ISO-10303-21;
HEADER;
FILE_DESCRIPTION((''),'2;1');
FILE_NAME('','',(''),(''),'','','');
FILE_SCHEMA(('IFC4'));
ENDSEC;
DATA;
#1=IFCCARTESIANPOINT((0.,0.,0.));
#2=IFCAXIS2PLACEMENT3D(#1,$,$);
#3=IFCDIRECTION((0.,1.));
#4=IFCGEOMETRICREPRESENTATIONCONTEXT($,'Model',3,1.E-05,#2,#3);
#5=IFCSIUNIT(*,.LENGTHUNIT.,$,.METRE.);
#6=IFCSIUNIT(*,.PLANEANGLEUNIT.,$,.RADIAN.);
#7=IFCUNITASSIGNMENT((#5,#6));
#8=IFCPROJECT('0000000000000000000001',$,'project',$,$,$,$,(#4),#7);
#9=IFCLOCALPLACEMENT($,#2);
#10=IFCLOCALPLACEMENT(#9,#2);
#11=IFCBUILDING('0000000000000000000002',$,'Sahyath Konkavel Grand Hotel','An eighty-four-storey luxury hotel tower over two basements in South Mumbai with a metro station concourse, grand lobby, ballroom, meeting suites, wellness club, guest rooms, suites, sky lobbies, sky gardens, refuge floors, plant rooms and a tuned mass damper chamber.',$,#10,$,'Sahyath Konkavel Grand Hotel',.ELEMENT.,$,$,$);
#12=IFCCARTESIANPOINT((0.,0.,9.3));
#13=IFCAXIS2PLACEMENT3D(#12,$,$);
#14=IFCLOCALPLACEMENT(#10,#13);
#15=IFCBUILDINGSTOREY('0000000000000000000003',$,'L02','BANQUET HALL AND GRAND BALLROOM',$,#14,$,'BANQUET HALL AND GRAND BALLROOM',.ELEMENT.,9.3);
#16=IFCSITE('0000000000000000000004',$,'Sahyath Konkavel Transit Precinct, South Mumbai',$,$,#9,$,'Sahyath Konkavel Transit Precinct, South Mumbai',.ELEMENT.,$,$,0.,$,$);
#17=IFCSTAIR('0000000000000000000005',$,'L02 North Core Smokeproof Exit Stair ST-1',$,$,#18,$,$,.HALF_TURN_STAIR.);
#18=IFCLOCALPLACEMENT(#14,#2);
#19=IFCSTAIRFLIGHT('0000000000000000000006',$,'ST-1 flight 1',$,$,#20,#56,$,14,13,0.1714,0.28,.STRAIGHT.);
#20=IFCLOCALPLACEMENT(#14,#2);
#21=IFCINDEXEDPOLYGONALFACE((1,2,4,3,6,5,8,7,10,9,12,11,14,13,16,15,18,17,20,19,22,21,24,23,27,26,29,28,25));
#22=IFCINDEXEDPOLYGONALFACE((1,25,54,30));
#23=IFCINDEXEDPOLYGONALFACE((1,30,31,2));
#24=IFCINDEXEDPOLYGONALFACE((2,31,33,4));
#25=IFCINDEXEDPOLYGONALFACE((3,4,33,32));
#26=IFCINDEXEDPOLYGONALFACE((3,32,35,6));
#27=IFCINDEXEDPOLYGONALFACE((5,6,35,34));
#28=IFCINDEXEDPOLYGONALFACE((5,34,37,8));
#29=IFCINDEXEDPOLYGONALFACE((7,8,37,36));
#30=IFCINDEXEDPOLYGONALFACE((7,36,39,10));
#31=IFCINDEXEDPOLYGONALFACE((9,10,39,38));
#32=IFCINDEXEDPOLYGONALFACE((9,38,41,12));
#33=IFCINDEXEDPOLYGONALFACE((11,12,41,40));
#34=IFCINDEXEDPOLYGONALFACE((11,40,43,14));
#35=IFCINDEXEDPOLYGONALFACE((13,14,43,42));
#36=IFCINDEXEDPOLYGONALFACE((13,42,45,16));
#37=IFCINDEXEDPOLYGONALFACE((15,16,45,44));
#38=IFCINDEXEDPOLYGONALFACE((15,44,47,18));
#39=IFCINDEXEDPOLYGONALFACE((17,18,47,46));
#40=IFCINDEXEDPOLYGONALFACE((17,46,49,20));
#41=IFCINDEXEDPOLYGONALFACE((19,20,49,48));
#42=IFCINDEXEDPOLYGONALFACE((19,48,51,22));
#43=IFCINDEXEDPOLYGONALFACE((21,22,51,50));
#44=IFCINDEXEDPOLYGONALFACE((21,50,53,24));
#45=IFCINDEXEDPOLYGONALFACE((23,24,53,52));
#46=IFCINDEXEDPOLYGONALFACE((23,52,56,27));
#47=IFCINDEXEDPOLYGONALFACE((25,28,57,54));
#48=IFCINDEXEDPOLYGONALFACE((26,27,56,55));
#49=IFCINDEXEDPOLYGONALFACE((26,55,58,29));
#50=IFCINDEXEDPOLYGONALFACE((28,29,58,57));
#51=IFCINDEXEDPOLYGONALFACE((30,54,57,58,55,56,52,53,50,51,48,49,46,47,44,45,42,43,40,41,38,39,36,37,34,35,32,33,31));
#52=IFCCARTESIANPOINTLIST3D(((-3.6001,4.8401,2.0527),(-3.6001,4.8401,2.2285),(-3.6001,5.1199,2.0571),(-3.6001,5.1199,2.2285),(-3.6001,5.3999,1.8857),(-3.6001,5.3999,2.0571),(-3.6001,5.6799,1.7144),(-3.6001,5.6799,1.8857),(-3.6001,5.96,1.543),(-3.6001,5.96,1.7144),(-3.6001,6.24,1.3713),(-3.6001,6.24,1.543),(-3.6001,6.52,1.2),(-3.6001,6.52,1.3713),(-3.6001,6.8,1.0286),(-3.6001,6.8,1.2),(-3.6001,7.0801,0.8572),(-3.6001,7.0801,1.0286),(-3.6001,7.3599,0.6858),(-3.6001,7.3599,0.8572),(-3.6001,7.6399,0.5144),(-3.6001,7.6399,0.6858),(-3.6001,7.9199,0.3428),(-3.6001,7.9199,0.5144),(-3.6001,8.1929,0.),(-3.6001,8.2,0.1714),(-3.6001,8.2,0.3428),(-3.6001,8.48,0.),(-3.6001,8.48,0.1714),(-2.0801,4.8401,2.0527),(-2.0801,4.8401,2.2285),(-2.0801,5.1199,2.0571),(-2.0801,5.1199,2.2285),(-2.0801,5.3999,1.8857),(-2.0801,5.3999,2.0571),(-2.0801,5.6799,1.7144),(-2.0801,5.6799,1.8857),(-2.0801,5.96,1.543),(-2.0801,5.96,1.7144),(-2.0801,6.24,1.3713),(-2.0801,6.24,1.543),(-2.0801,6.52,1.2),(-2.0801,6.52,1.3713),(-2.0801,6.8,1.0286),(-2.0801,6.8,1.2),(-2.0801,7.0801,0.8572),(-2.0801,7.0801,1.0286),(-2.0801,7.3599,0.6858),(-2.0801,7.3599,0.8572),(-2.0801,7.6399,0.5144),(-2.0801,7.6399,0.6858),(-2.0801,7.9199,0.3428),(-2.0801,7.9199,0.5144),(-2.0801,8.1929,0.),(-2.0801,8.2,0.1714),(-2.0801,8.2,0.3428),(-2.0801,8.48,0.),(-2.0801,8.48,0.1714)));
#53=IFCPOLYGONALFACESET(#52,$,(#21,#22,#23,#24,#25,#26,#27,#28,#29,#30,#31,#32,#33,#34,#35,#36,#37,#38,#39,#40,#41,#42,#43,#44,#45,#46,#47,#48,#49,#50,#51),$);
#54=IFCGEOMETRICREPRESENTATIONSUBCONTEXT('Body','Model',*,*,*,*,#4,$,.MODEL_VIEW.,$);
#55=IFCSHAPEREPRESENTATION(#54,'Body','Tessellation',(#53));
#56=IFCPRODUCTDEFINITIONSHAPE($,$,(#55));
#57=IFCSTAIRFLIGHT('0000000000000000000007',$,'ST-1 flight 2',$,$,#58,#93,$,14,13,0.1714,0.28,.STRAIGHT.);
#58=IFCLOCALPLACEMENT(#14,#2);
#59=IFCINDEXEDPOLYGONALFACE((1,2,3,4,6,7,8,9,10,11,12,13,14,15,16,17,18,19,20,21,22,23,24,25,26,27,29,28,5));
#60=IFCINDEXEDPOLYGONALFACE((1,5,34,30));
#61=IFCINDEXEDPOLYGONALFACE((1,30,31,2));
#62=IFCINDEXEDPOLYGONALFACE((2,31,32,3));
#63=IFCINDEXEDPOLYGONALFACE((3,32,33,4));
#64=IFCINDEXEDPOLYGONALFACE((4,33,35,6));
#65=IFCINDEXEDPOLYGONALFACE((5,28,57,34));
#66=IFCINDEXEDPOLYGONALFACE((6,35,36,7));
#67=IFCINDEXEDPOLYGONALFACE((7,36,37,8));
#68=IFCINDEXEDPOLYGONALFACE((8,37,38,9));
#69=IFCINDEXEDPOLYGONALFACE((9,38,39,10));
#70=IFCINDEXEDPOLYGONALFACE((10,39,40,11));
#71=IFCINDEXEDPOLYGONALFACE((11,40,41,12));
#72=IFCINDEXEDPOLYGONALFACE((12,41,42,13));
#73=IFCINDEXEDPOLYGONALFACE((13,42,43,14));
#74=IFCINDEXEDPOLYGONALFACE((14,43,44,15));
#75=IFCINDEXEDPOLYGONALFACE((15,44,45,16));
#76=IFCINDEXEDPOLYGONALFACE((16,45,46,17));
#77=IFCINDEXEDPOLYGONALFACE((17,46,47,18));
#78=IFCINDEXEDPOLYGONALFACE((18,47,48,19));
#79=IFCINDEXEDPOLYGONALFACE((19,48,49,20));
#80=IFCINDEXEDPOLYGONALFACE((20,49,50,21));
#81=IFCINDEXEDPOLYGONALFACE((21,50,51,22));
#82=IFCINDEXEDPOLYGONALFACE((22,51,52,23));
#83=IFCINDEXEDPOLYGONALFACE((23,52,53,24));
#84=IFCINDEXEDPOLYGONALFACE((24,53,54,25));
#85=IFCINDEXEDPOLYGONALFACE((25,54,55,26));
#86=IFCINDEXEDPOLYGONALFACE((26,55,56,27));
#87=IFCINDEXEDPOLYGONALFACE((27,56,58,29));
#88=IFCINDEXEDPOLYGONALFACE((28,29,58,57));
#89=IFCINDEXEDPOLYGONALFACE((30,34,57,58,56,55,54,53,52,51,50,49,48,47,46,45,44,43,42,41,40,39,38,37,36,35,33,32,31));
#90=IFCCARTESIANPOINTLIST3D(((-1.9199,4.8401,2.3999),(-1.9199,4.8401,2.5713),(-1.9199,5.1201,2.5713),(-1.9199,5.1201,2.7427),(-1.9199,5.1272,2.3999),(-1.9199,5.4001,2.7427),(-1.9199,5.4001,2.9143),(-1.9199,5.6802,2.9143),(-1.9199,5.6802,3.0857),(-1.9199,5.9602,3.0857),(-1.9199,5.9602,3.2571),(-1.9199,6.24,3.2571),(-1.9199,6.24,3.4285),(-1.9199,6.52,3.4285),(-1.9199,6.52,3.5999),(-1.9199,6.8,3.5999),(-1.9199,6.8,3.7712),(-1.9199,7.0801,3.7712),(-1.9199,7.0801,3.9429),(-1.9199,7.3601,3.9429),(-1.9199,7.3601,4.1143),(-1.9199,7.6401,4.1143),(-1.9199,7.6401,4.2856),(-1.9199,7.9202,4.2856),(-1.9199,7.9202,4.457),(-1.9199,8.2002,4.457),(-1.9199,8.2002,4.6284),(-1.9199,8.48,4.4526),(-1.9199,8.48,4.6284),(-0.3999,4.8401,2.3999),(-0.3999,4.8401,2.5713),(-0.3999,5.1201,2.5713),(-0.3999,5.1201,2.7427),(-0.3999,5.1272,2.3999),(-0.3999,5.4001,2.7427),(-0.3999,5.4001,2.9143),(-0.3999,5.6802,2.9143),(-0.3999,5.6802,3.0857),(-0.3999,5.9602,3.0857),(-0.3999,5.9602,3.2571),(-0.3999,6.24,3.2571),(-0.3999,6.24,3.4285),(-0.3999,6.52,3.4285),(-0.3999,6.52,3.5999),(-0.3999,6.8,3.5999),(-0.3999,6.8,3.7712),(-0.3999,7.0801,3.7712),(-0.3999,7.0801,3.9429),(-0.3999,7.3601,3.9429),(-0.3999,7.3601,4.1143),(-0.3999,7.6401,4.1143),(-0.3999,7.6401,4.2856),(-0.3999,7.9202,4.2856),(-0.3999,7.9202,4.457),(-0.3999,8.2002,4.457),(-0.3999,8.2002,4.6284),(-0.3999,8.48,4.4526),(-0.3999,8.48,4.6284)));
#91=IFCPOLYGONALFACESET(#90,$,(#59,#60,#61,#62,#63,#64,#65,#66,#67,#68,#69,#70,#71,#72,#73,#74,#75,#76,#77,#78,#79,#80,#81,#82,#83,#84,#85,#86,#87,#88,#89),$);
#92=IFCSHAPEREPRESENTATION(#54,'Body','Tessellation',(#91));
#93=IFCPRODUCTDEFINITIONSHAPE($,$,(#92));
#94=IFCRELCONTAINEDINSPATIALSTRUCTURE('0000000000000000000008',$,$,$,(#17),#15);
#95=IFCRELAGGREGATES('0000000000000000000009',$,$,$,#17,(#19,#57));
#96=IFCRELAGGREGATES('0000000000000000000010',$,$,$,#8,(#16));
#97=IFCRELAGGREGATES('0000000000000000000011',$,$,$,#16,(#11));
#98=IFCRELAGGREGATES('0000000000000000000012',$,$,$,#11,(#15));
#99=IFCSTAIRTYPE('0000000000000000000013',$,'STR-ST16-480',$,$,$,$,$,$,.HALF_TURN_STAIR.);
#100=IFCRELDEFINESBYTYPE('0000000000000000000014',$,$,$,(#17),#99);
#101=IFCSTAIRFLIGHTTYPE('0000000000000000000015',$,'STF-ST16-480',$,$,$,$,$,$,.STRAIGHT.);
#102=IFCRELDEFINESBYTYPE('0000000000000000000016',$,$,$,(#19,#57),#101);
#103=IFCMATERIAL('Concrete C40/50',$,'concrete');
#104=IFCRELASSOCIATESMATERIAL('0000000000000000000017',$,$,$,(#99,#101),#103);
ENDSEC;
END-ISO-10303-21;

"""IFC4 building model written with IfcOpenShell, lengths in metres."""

from ifc_helpers import new_model, si_unit, direction, frame, origin, place, context, subcontext, project, spatial, polyline, outline, extrude, material, type_object, element, aggregate, save


model = new_model("IFC4")

# Units and contexts
model_context = context("Model", 3, precision=1e-05, world=origin(), true_north=direction((0.0, 1.0)))
body_context = subcontext(model_context, "Body", "Model", "MODEL_VIEW")
ifc_project = project(units=[si_unit("LENGTHUNIT", "METRE"), si_unit("PLANEANGLEUNIT", "RADIAN")], contexts=[model_context])

# Site, building, storey
site_placement = place(None, origin())
site = spatial("IfcSite", under=ifc_project, at=site_placement, Name="Sahyath Konkavel Transit Precinct, South Mumbai", LongName="Sahyath Konkavel Transit Precinct, South Mumbai", CompositionType="ELEMENT", RefElevation=0.0)
building_placement = place(site_placement, origin())
building = spatial("IfcBuilding", under=site, at=building_placement, Name="Sahyath Konkavel Grand Hotel", Description="An eighty-four-storey luxury hotel tower over two basements in South Mumbai with a metro station concourse, grand lobby, ballroom, meeting suites, wellness club, guest rooms, suites, sky lobbies, sky gardens, refuge floors, plant rooms and a tuned mass damper chamber.", LongName="Sahyath Konkavel Grand Hotel", CompositionType="ELEMENT")
storey_placement = place(building_placement, frame((0.0, 0.0, 9.3)))
storey = spatial("IfcBuildingStorey", under=building, at=storey_placement, Name="L02", Description="BANQUET HALL AND GRAND BALLROOM", LongName="BANQUET HALL AND GRAND BALLROOM", CompositionType="ELEMENT", Elevation=9.3)

# Stair, stair flights
ifc_material_1 = material(Name="Concrete C40/50", Category="concrete")
stair_type = type_object("IfcStairType", Name="STR-ST16-480", PredefinedType="HALF_TURN_STAIR", material=ifc_material_1)
stair_placement = place(storey_placement, origin())
stair = element("IfcStair", 1, at=stair_placement, inside=storey, type_object=stair_type, Name="L02 North Core Smokeproof Exit Stair ST-1", PredefinedType="HALF_TURN_STAIR")
stair_flight_type = type_object("IfcStairFlightType", Name="STF-ST16-480", PredefinedType="STRAIGHT", material=ifc_material_1)
stair_flight_1_placement = place(storey_placement, frame((-2.8401, 8.48, 0.0), z_axis=(0.0, 0.0, 1.0), x_axis=(0.0, -1.0, 0.0)))
stair_flight_1 = element("IfcStairFlight", 2, at=stair_flight_1_placement, type_object=stair_flight_type, Name="ST-1 flight 1", NumberOfRisers=14, NumberOfTreads=13, PredefinedType="STRAIGHT", RiserHeight=0.1714, TreadLength=0.28, context=body_context, shape_type="SweptSolid", body=[
    extrude(outline(polyline([(0.0, 0.0), (0.0, 0.1714), (0.28, 0.1714), (0.28, 0.3428), (0.5601, 0.3428), (0.5601, 0.5144), (0.8401, 0.5144), (0.8401, 0.6858), (1.1201, 0.6858), (1.1201, 0.8572), (1.3999, 0.8572), (1.3999, 1.0286), (1.6799, 1.0286), (1.6799, 1.2), (1.96, 1.2), (1.96, 1.3713), (2.24, 1.3713), (2.24, 1.543), (2.52, 1.543), (2.52, 1.7144), (2.8, 1.7144), (2.8, 1.8857), (3.0801, 1.8857), (3.0801, 2.0571), (3.3601, 2.0571), (3.3601, 2.2285), (3.6399, 2.2285), (3.6399, 2.3999), (3.6399, 2.0527), (0.2871, 0.0), (0.0, 0.0)])), frame((0.0, 0.76, 0.0), z_axis=(0.0, -1.0, 0.0), x_axis=(1.0, 0.0, 0.0)), (0.0, 0.0, 1.0), 1.52),
])
stair_flight_2_placement = place(storey_placement, frame((-1.1599, 4.8401, 2.3999), z_axis=(0.0, 0.0, 1.0), x_axis=(0.0, 1.0, 0.0)))
stair_flight_2 = element("IfcStairFlight", 3, at=stair_flight_2_placement, type_object=stair_flight_type, Name="ST-1 flight 2", NumberOfRisers=14, NumberOfTreads=13, PredefinedType="STRAIGHT", RiserHeight=0.1714, TreadLength=0.28, context=body_context, shape_type="SweptSolid", body=[
    extrude(outline(polyline([(0.0, 0.0), (0.0, 0.1714), (0.28, 0.1714), (0.28, 0.3428), (0.5601, 0.3428), (0.5601, 0.5144), (0.8401, 0.5144), (0.8401, 0.6858), (1.1201, 0.6858), (1.1201, 0.8572), (1.3999, 0.8572), (1.3999, 1.0286), (1.6799, 1.0286), (1.6799, 1.2), (1.96, 1.2), (1.96, 1.3713), (2.24, 1.3713), (2.24, 1.543), (2.52, 1.543), (2.52, 1.7144), (2.8, 1.7144), (2.8, 1.8857), (3.0801, 1.8857), (3.0801, 2.0571), (3.3601, 2.0571), (3.3601, 2.2285), (3.6399, 2.2285), (3.6399, 2.3999), (3.6399, 2.0527), (0.2871, 0.0), (0.0, 0.0)])), frame((0.0, 0.76, 0.0), z_axis=(0.0, -1.0, 0.0), x_axis=(1.0, 0.0, 0.0)), (0.0, 0.0, 1.0), 1.52),
])
aggregate(stair, [stair_flight_1, stair_flight_2])

save(model, "model.ifc")
